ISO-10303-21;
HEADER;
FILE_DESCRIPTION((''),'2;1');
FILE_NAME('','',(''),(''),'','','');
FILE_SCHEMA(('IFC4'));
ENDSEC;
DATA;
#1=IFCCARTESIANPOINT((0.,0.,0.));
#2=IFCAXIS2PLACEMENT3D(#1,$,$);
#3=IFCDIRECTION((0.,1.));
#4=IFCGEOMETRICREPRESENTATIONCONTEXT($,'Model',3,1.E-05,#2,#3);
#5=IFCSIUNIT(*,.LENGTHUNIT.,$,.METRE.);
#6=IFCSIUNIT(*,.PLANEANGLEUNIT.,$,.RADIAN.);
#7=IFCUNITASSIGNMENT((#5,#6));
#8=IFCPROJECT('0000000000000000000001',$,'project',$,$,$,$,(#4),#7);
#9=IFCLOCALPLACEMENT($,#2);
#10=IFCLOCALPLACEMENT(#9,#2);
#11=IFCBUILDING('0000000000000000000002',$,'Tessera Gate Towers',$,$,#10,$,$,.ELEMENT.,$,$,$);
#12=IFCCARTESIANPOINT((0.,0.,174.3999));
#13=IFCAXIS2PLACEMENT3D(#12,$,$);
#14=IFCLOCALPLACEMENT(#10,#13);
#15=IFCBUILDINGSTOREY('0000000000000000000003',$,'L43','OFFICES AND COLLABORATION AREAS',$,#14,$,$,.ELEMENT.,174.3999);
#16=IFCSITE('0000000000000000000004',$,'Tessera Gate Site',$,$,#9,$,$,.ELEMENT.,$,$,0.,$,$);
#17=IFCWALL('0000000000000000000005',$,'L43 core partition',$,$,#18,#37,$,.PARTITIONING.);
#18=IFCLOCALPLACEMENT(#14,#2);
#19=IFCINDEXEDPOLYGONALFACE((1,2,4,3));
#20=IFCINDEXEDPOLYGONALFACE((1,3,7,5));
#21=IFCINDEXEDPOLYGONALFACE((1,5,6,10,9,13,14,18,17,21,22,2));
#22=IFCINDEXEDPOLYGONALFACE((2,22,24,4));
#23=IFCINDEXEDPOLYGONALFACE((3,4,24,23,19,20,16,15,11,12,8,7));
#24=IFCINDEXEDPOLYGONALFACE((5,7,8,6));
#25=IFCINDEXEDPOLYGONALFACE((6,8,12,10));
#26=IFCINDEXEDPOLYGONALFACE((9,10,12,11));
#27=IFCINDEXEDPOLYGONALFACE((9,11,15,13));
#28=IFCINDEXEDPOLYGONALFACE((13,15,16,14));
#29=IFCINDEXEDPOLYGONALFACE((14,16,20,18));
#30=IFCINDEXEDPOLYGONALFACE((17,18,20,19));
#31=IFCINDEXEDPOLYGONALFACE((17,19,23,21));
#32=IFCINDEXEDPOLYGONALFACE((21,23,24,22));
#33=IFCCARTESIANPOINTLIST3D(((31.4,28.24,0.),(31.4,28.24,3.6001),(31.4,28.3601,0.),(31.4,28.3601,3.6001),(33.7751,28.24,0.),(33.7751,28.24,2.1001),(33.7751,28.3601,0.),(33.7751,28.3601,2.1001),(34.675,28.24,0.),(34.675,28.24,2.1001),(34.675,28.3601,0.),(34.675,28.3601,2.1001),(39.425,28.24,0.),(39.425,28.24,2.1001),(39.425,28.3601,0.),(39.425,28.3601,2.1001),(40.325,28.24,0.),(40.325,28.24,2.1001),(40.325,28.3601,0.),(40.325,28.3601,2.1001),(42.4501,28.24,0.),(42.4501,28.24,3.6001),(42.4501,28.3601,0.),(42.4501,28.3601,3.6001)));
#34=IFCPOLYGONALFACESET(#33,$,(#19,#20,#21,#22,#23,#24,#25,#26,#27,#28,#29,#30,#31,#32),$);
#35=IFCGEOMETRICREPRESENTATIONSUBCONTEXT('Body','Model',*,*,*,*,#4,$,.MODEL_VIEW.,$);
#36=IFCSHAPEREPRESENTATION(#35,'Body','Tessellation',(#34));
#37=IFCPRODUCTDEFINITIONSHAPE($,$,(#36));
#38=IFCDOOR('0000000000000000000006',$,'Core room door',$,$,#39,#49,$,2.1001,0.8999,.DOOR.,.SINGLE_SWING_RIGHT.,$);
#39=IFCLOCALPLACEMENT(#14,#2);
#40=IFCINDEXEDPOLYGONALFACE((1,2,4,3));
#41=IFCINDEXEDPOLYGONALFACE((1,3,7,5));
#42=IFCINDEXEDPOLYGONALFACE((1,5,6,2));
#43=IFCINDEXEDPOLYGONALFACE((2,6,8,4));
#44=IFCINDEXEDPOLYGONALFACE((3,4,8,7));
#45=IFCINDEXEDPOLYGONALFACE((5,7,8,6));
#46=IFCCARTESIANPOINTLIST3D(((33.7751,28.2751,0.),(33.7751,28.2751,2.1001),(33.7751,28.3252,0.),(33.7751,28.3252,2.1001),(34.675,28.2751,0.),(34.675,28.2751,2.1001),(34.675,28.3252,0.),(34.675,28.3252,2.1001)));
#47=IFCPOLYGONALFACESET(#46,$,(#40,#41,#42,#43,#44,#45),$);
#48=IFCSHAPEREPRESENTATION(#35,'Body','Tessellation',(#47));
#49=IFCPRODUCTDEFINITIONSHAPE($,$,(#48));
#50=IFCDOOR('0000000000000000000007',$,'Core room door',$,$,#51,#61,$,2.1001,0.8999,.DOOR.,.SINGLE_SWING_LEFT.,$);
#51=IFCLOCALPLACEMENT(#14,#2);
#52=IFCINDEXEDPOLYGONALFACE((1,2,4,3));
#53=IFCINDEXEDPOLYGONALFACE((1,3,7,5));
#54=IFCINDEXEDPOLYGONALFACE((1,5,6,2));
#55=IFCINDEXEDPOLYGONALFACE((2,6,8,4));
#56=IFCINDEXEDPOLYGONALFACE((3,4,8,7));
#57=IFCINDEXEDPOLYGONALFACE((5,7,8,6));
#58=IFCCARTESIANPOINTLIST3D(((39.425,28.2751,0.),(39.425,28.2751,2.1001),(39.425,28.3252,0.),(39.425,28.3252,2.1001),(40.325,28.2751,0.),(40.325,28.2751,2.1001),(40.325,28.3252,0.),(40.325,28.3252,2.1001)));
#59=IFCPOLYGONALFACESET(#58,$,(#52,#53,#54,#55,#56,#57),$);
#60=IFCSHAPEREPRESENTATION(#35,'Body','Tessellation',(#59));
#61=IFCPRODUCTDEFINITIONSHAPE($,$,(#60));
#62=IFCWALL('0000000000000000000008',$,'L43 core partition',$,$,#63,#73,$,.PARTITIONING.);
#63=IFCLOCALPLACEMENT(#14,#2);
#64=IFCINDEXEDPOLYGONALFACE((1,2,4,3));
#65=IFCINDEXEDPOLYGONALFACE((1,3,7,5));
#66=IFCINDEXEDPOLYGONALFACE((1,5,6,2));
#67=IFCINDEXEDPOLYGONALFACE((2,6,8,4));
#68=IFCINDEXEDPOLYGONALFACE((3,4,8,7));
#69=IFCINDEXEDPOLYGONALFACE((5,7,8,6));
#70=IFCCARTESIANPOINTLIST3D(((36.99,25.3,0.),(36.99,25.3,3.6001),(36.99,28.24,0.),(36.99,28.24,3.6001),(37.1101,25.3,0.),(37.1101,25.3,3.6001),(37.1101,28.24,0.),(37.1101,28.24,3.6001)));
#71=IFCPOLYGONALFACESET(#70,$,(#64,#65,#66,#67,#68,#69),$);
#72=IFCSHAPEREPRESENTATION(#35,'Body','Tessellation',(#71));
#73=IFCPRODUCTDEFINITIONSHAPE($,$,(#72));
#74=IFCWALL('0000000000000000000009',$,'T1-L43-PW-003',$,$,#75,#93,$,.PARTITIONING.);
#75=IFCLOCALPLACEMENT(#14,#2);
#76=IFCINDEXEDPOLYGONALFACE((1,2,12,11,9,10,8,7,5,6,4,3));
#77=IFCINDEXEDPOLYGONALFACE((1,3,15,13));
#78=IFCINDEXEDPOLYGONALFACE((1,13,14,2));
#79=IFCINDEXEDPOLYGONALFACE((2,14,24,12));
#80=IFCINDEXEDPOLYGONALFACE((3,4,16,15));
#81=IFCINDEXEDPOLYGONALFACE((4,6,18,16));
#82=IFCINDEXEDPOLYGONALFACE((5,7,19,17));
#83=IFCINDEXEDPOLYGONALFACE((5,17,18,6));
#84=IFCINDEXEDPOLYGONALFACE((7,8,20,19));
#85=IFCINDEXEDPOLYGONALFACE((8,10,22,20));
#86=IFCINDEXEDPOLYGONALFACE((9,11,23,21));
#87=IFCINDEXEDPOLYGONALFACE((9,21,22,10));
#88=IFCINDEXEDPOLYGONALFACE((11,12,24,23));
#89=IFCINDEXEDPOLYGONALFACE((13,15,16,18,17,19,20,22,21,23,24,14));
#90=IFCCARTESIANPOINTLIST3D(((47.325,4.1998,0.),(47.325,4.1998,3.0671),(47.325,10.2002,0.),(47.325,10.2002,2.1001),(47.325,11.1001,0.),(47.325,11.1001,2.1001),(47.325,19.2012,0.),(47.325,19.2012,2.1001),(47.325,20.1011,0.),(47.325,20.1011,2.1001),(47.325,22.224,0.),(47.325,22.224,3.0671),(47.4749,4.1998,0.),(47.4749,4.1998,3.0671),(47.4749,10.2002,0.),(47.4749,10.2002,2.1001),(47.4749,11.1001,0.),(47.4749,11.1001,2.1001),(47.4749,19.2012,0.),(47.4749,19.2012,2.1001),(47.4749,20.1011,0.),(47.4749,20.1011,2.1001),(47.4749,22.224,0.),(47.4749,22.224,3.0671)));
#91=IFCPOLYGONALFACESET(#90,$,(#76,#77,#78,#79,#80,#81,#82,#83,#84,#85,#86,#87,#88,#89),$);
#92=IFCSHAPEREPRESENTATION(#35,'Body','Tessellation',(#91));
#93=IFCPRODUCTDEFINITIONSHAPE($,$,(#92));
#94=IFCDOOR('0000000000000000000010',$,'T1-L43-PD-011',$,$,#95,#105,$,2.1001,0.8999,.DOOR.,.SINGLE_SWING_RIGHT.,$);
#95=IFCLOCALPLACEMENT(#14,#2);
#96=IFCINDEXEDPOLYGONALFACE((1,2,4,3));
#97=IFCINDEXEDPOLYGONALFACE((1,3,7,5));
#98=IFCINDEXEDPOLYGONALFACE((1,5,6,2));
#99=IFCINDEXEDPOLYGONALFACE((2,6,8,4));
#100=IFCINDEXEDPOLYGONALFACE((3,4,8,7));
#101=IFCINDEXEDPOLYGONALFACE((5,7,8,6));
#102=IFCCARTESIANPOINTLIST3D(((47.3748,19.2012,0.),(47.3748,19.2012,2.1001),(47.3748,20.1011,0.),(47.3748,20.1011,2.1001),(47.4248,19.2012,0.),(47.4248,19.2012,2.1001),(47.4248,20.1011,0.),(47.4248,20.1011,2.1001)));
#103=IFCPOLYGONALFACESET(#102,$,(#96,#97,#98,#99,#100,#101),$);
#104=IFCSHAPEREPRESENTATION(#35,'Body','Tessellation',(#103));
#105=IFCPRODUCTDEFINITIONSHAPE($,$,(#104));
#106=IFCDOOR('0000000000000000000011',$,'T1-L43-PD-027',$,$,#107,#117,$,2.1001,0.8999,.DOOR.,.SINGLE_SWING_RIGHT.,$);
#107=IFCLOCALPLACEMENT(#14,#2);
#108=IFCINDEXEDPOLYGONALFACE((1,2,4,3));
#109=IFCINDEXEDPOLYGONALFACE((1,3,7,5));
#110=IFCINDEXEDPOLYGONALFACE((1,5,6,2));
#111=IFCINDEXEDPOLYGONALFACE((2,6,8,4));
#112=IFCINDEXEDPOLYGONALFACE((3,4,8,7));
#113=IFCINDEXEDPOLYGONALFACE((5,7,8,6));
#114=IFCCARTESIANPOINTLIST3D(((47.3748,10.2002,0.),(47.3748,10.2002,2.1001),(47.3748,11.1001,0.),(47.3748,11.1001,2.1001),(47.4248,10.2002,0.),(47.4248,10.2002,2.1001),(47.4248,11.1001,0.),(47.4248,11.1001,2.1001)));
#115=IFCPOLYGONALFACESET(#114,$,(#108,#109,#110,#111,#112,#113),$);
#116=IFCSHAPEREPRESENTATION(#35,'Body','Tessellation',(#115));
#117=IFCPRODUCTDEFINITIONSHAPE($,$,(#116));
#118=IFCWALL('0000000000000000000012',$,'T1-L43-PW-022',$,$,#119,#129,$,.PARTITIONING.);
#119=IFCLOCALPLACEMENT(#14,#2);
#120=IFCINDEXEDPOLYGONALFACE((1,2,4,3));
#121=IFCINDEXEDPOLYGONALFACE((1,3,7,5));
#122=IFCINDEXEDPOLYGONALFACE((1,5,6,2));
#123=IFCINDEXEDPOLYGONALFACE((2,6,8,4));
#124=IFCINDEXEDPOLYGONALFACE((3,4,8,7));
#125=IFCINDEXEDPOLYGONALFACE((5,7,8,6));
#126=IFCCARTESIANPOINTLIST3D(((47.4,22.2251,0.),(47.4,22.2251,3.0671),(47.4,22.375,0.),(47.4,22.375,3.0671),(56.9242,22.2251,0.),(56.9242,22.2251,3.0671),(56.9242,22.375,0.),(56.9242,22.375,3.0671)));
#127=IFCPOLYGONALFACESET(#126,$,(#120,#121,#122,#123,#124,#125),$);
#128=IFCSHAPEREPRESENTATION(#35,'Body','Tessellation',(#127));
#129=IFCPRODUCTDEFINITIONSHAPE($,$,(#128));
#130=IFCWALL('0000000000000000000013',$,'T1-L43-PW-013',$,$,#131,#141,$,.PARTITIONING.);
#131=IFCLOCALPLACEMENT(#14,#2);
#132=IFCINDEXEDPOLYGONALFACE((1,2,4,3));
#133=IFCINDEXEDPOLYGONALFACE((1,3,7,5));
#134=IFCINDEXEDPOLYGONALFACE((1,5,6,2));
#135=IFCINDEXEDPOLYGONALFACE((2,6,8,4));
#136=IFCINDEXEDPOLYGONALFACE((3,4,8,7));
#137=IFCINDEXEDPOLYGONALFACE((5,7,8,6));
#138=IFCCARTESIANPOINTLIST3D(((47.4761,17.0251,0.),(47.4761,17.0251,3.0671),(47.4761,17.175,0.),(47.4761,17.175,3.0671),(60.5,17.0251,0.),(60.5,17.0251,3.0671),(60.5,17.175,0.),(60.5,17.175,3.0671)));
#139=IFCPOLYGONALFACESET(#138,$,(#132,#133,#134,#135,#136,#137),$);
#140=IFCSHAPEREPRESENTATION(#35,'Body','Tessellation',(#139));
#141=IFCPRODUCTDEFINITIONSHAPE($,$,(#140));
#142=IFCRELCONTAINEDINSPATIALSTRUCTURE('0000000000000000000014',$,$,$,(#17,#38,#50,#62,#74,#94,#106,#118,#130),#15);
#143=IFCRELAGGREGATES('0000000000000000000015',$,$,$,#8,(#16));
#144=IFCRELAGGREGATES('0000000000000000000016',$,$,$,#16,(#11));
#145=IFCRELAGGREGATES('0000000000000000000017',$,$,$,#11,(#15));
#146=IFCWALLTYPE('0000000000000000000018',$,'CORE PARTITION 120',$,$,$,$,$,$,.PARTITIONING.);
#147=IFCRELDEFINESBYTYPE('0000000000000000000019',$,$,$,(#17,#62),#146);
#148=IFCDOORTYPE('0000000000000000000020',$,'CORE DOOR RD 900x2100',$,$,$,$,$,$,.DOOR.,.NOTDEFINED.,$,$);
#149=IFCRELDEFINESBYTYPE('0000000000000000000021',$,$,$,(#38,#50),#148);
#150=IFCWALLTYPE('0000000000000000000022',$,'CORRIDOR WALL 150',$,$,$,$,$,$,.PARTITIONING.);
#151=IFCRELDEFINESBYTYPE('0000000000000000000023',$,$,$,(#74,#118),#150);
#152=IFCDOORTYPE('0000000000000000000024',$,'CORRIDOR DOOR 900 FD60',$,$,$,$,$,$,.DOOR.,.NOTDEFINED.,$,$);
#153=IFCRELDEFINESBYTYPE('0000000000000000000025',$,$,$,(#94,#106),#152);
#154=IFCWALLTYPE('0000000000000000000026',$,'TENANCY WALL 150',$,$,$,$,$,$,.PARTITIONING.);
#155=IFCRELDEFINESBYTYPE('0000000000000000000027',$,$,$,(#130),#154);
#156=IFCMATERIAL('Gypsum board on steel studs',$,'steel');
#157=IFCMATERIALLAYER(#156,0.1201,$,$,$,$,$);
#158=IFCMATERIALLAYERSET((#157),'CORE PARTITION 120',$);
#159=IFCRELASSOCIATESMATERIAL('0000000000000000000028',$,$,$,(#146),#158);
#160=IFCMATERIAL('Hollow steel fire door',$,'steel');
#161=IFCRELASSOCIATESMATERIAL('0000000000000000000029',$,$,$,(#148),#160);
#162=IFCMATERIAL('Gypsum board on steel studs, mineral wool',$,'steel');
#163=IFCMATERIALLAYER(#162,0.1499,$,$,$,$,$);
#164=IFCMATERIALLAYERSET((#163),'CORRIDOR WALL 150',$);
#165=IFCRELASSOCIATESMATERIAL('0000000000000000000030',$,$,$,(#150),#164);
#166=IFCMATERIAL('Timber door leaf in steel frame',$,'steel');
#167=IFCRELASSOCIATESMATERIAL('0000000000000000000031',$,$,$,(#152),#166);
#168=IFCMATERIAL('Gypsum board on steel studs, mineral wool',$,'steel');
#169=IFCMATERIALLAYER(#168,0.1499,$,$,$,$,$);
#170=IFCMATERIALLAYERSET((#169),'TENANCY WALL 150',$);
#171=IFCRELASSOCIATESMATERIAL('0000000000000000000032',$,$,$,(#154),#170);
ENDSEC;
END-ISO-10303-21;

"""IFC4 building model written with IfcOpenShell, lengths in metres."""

from ifc_helpers import new_model, si_unit, direction, frame, frame_2d, origin, place, context, subcontext, project, spatial, rectangle, extrude, source, transform, mapped, material, layer, layer_set, type_object, element, fill, save


model = new_model("IFC4")

# Units and contexts
model_context = context("Model", 3, precision=1e-05, world=origin(), true_north=direction((0.0, 1.0)))
body_context = subcontext(model_context, "Body", "Model", "MODEL_VIEW")
ifc_project = project(units=[si_unit("LENGTHUNIT", "METRE"), si_unit("PLANEANGLEUNIT", "RADIAN")], contexts=[model_context])

# Site, building, storey
site_placement = place(None, origin())
site = spatial("IfcSite", under=ifc_project, at=site_placement, Name="Tessera Gate Site", CompositionType="ELEMENT", RefElevation=0.0)
building_placement = place(site_placement, origin())
building = spatial("IfcBuilding", under=site, at=building_placement, Name="Tessera Gate Towers", CompositionType="ELEMENT")
storey_placement = place(building_placement, frame((0.0, 0.0, 174.3999)))
storey = spatial("IfcBuildingStorey", under=building, at=storey_placement, Name="L43", Description="OFFICES AND COLLABORATION AREAS", CompositionType="ELEMENT", Elevation=174.3999)

# Wall, openings, doors
ifc_material_1 = material(Name="Gypsum board on steel studs", Category="steel")
ifc_layer_1 = layer(ifc_material_1, 0.1201)
ifc_layer_set_1 = layer_set([ifc_layer_1], Name="CORE PARTITION 120")
wall_type_1 = type_object("IfcWallType", Name="CORE PARTITION 120", PredefinedType="PARTITIONING", material=ifc_layer_set_1)
wall_1_placement = place(storey_placement, frame((42.45, 28.3, 0.0), z_axis=(0.0, 0.0, 1.0), x_axis=(-1.0, 0.0, 0.0)))
wall_1 = element("IfcWall", 1, at=wall_1_placement, inside=storey, type_object=wall_type_1, Name="L43 core partition", PredefinedType="PARTITIONING", context=body_context, shape_type="SweptSolid", body=[
    extrude(rectangle(XDim=11.05, YDim=0.1201, at=frame_2d((5.5249, 0.0))), origin(), (0.0, 0.0, 1.0), 3.6001),
])
shared_shape_1 = source(origin(), body_context, "Body", "SweptSolid", [
    extrude(rectangle(XDim=0.8999, YDim=2.1001, at=frame_2d((0.45, 1.05))), frame((0.0, 0.0701, 0.0), z_axis=(0.0, -1.0, 0.0), x_axis=(1.0, 0.0, 0.0)), (0.0, 0.0, 1.0), 0.1401),
])
opening_1_placement = place(wall_1_placement, frame((7.7749, 0.0, 0.0)))
opening_1 = element("IfcOpeningElement", 2, at=opening_1_placement, cuts=wall_1, PredefinedType="OPENING", context=body_context, shape_type="MappedRepresentation", body=[
    mapped(shared_shape_1, transform((0.0, 0.0, 0.0), scale=1.0)),
])
opening_2_placement = place(wall_1_placement, frame((2.125, 0.0, 0.0)))
opening_2 = element("IfcOpeningElement", 3, at=opening_2_placement, cuts=wall_1, PredefinedType="OPENING", context=body_context, shape_type="MappedRepresentation", body=[
    mapped(shared_shape_1, transform((0.0, 0.0, 0.0), scale=1.0)),
])
ifc_material_2 = material(Name="Hollow steel fire door", Category="steel")
door_type_1 = type_object("IfcDoorType", Name="CORE DOOR RD 900x2100", OperationType="NOTDEFINED", PredefinedType="DOOR", material=ifc_material_2)
shared_shape_2 = source(origin(), body_context, "Body", "SweptSolid", [
    extrude(rectangle(XDim=0.8999, YDim=2.1001, at=frame_2d((0.45, 1.05))), frame((0.0, 0.0249, 0.0), z_axis=(0.0, -1.0, 0.0), x_axis=(1.0, 0.0, 0.0)), (0.0, 0.0, 1.0), 0.05),
])
door_1_placement = place(opening_1_placement, origin())
door_1 = element("IfcDoor", 4, at=door_1_placement, inside=storey, type_object=door_type_1, Name="Core room door", OperationType="SINGLE_SWING_RIGHT", OverallHeight=2.1001, OverallWidth=0.8999, PredefinedType="DOOR", context=body_context, shape_type="MappedRepresentation", body=[
    mapped(shared_shape_2, transform((0.0, 0.0, 0.0), scale=1.0)),
])
fill(opening_1, door_1)
door_2_placement = place(opening_2_placement, origin())
door_2 = element("IfcDoor", 5, at=door_2_placement, inside=storey, type_object=door_type_1, Name="Core room door", OperationType="SINGLE_SWING_LEFT", OverallHeight=2.1001, OverallWidth=0.8999, PredefinedType="DOOR", context=body_context, shape_type="MappedRepresentation", body=[
    mapped(shared_shape_2, transform((0.0, 0.0, 0.0), scale=1.0)),
])
fill(opening_2, door_2)

# Wall
wall_2_placement = place(storey_placement, frame((37.05, 25.3, 0.0), z_axis=(0.0, 0.0, 1.0), x_axis=(0.0, 1.0, 0.0)))
element("IfcWall", 6, at=wall_2_placement, inside=storey, type_object=wall_type_1, Name="L43 core partition", PredefinedType="PARTITIONING", context=body_context, shape_type="SweptSolid", body=[
    extrude(rectangle(XDim=2.9399, YDim=0.1201, at=frame_2d((1.47, 0.0))), origin(), (0.0, 0.0, 1.0), 3.6001),
])

# Wall, openings, doors
ifc_material_3 = material(Name="Gypsum board on steel studs, mineral wool", Category="steel")
ifc_layer_2 = layer(ifc_material_3, 0.1499)
ifc_layer_set_2 = layer_set([ifc_layer_2], Name="CORRIDOR WALL 150")
wall_type_2 = type_object("IfcWallType", Name="CORRIDOR WALL 150", PredefinedType="PARTITIONING", material=ifc_layer_set_2)
wall_3_placement = place(storey_placement, frame((47.3999, 22.2241, 0.0), z_axis=(0.0, 0.0, 1.0), x_axis=(0.0, -1.0, 0.0)))
wall_3 = element("IfcWall", 7, at=wall_3_placement, inside=storey, type_object=wall_type_2, Name="T1-L43-PW-003", PredefinedType="PARTITIONING", context=body_context, shape_type="SweptSolid", body=[
    extrude(rectangle(XDim=18.0242, YDim=0.1499, at=frame_2d((9.0122, 0.0))), origin(), (0.0, 0.0, 1.0), 3.0671),
])
shared_shape_3 = source(origin(), body_context, "Body", "SweptSolid", [
    extrude(rectangle(XDim=0.8999, YDim=2.1001, at=frame_2d((0.45, 1.05))), frame((0.0, 0.085, 0.0), z_axis=(0.0, -1.0, 0.0), x_axis=(1.0, 0.0, 0.0)), (0.0, 0.0, 1.0), 0.1699),
])
opening_3_placement = place(wall_3_placement, frame((2.123, 0.0, 0.0)))
opening_3 = element("IfcOpeningElement", 8, at=opening_3_placement, cuts=wall_3, PredefinedType="OPENING", context=body_context, shape_type="MappedRepresentation", body=[
    mapped(shared_shape_3, transform((0.0, 0.0, 0.0), scale=1.0)),
])
opening_4_placement = place(wall_3_placement, frame((11.124, 0.0, 0.0)))
opening_4 = element("IfcOpeningElement", 9, at=opening_4_placement, cuts=wall_3, PredefinedType="OPENING", context=body_context, shape_type="MappedRepresentation", body=[
    mapped(shared_shape_3, transform((0.0, 0.0, 0.0), scale=1.0)),
])
ifc_material_4 = material(Name="Timber door leaf in steel frame", Category="steel")
door_type_2 = type_object("IfcDoorType", Name="CORRIDOR DOOR 900 FD60", OperationType="NOTDEFINED", PredefinedType="DOOR", material=ifc_material_4)
door_3_placement = place(opening_3_placement, origin())
door_3 = element("IfcDoor", 10, at=door_3_placement, inside=storey, type_object=door_type_2, Name="T1-L43-PD-011", OperationType="SINGLE_SWING_RIGHT", OverallHeight=2.1001, OverallWidth=0.8999, PredefinedType="DOOR", context=body_context, shape_type="MappedRepresentation", body=[
    mapped(shared_shape_2, transform((0.0, 0.0, 0.0), scale=1.0)),
])
fill(opening_3, door_3)
door_4_placement = place(opening_4_placement, origin())
door_4 = element("IfcDoor", 11, at=door_4_placement, inside=storey, type_object=door_type_2, Name="T1-L43-PD-027", OperationType="SINGLE_SWING_RIGHT", OverallHeight=2.1001, OverallWidth=0.8999, PredefinedType="DOOR", context=body_context, shape_type="MappedRepresentation", body=[
    mapped(shared_shape_2, transform((0.0, 0.0, 0.0), scale=1.0)),
])
fill(opening_4, door_4)

# Walls
wall_4_placement = place(storey_placement, frame((47.3999, 22.3, 0.0), z_axis=(0.0, 0.0, 1.0), x_axis=(1.0, 0.0, 0.0)))
element("IfcWall", 12, at=wall_4_placement, inside=storey, type_object=wall_type_2, Name="T1-L43-PW-022", PredefinedType="PARTITIONING", context=body_context, shape_type="SweptSolid", body=[
    extrude(rectangle(XDim=9.5242, YDim=0.1499, at=frame_2d((4.7622, 0.0))), origin(), (0.0, 0.0, 1.0), 3.0671),
])
ifc_material_5 = material(Name="Gypsum board on steel studs, mineral wool", Category="steel")
ifc_layer_3 = layer(ifc_material_5, 0.1499)
ifc_layer_set_3 = layer_set([ifc_layer_3], Name="TENANCY WALL 150")
wall_type_3 = type_object("IfcWallType", Name="TENANCY WALL 150", PredefinedType="PARTITIONING", material=ifc_layer_set_3)
wall_5_placement = place(storey_placement, frame((47.4761, 17.1001, 0.0), z_axis=(0.0, 0.0, 1.0), x_axis=(1.0, 0.0, 0.0)))
element("IfcWall", 13, at=wall_5_placement, inside=storey, type_object=wall_type_3, Name="T1-L43-PW-013", PredefinedType="PARTITIONING", context=body_context, shape_type="SweptSolid", body=[
    extrude(rectangle(XDim=13.0239, YDim=0.1499, at=frame_2d((6.512, 0.0))), origin(), (0.0, 0.0, 1.0), 3.0671),
])

save(model, "model.ifc")
